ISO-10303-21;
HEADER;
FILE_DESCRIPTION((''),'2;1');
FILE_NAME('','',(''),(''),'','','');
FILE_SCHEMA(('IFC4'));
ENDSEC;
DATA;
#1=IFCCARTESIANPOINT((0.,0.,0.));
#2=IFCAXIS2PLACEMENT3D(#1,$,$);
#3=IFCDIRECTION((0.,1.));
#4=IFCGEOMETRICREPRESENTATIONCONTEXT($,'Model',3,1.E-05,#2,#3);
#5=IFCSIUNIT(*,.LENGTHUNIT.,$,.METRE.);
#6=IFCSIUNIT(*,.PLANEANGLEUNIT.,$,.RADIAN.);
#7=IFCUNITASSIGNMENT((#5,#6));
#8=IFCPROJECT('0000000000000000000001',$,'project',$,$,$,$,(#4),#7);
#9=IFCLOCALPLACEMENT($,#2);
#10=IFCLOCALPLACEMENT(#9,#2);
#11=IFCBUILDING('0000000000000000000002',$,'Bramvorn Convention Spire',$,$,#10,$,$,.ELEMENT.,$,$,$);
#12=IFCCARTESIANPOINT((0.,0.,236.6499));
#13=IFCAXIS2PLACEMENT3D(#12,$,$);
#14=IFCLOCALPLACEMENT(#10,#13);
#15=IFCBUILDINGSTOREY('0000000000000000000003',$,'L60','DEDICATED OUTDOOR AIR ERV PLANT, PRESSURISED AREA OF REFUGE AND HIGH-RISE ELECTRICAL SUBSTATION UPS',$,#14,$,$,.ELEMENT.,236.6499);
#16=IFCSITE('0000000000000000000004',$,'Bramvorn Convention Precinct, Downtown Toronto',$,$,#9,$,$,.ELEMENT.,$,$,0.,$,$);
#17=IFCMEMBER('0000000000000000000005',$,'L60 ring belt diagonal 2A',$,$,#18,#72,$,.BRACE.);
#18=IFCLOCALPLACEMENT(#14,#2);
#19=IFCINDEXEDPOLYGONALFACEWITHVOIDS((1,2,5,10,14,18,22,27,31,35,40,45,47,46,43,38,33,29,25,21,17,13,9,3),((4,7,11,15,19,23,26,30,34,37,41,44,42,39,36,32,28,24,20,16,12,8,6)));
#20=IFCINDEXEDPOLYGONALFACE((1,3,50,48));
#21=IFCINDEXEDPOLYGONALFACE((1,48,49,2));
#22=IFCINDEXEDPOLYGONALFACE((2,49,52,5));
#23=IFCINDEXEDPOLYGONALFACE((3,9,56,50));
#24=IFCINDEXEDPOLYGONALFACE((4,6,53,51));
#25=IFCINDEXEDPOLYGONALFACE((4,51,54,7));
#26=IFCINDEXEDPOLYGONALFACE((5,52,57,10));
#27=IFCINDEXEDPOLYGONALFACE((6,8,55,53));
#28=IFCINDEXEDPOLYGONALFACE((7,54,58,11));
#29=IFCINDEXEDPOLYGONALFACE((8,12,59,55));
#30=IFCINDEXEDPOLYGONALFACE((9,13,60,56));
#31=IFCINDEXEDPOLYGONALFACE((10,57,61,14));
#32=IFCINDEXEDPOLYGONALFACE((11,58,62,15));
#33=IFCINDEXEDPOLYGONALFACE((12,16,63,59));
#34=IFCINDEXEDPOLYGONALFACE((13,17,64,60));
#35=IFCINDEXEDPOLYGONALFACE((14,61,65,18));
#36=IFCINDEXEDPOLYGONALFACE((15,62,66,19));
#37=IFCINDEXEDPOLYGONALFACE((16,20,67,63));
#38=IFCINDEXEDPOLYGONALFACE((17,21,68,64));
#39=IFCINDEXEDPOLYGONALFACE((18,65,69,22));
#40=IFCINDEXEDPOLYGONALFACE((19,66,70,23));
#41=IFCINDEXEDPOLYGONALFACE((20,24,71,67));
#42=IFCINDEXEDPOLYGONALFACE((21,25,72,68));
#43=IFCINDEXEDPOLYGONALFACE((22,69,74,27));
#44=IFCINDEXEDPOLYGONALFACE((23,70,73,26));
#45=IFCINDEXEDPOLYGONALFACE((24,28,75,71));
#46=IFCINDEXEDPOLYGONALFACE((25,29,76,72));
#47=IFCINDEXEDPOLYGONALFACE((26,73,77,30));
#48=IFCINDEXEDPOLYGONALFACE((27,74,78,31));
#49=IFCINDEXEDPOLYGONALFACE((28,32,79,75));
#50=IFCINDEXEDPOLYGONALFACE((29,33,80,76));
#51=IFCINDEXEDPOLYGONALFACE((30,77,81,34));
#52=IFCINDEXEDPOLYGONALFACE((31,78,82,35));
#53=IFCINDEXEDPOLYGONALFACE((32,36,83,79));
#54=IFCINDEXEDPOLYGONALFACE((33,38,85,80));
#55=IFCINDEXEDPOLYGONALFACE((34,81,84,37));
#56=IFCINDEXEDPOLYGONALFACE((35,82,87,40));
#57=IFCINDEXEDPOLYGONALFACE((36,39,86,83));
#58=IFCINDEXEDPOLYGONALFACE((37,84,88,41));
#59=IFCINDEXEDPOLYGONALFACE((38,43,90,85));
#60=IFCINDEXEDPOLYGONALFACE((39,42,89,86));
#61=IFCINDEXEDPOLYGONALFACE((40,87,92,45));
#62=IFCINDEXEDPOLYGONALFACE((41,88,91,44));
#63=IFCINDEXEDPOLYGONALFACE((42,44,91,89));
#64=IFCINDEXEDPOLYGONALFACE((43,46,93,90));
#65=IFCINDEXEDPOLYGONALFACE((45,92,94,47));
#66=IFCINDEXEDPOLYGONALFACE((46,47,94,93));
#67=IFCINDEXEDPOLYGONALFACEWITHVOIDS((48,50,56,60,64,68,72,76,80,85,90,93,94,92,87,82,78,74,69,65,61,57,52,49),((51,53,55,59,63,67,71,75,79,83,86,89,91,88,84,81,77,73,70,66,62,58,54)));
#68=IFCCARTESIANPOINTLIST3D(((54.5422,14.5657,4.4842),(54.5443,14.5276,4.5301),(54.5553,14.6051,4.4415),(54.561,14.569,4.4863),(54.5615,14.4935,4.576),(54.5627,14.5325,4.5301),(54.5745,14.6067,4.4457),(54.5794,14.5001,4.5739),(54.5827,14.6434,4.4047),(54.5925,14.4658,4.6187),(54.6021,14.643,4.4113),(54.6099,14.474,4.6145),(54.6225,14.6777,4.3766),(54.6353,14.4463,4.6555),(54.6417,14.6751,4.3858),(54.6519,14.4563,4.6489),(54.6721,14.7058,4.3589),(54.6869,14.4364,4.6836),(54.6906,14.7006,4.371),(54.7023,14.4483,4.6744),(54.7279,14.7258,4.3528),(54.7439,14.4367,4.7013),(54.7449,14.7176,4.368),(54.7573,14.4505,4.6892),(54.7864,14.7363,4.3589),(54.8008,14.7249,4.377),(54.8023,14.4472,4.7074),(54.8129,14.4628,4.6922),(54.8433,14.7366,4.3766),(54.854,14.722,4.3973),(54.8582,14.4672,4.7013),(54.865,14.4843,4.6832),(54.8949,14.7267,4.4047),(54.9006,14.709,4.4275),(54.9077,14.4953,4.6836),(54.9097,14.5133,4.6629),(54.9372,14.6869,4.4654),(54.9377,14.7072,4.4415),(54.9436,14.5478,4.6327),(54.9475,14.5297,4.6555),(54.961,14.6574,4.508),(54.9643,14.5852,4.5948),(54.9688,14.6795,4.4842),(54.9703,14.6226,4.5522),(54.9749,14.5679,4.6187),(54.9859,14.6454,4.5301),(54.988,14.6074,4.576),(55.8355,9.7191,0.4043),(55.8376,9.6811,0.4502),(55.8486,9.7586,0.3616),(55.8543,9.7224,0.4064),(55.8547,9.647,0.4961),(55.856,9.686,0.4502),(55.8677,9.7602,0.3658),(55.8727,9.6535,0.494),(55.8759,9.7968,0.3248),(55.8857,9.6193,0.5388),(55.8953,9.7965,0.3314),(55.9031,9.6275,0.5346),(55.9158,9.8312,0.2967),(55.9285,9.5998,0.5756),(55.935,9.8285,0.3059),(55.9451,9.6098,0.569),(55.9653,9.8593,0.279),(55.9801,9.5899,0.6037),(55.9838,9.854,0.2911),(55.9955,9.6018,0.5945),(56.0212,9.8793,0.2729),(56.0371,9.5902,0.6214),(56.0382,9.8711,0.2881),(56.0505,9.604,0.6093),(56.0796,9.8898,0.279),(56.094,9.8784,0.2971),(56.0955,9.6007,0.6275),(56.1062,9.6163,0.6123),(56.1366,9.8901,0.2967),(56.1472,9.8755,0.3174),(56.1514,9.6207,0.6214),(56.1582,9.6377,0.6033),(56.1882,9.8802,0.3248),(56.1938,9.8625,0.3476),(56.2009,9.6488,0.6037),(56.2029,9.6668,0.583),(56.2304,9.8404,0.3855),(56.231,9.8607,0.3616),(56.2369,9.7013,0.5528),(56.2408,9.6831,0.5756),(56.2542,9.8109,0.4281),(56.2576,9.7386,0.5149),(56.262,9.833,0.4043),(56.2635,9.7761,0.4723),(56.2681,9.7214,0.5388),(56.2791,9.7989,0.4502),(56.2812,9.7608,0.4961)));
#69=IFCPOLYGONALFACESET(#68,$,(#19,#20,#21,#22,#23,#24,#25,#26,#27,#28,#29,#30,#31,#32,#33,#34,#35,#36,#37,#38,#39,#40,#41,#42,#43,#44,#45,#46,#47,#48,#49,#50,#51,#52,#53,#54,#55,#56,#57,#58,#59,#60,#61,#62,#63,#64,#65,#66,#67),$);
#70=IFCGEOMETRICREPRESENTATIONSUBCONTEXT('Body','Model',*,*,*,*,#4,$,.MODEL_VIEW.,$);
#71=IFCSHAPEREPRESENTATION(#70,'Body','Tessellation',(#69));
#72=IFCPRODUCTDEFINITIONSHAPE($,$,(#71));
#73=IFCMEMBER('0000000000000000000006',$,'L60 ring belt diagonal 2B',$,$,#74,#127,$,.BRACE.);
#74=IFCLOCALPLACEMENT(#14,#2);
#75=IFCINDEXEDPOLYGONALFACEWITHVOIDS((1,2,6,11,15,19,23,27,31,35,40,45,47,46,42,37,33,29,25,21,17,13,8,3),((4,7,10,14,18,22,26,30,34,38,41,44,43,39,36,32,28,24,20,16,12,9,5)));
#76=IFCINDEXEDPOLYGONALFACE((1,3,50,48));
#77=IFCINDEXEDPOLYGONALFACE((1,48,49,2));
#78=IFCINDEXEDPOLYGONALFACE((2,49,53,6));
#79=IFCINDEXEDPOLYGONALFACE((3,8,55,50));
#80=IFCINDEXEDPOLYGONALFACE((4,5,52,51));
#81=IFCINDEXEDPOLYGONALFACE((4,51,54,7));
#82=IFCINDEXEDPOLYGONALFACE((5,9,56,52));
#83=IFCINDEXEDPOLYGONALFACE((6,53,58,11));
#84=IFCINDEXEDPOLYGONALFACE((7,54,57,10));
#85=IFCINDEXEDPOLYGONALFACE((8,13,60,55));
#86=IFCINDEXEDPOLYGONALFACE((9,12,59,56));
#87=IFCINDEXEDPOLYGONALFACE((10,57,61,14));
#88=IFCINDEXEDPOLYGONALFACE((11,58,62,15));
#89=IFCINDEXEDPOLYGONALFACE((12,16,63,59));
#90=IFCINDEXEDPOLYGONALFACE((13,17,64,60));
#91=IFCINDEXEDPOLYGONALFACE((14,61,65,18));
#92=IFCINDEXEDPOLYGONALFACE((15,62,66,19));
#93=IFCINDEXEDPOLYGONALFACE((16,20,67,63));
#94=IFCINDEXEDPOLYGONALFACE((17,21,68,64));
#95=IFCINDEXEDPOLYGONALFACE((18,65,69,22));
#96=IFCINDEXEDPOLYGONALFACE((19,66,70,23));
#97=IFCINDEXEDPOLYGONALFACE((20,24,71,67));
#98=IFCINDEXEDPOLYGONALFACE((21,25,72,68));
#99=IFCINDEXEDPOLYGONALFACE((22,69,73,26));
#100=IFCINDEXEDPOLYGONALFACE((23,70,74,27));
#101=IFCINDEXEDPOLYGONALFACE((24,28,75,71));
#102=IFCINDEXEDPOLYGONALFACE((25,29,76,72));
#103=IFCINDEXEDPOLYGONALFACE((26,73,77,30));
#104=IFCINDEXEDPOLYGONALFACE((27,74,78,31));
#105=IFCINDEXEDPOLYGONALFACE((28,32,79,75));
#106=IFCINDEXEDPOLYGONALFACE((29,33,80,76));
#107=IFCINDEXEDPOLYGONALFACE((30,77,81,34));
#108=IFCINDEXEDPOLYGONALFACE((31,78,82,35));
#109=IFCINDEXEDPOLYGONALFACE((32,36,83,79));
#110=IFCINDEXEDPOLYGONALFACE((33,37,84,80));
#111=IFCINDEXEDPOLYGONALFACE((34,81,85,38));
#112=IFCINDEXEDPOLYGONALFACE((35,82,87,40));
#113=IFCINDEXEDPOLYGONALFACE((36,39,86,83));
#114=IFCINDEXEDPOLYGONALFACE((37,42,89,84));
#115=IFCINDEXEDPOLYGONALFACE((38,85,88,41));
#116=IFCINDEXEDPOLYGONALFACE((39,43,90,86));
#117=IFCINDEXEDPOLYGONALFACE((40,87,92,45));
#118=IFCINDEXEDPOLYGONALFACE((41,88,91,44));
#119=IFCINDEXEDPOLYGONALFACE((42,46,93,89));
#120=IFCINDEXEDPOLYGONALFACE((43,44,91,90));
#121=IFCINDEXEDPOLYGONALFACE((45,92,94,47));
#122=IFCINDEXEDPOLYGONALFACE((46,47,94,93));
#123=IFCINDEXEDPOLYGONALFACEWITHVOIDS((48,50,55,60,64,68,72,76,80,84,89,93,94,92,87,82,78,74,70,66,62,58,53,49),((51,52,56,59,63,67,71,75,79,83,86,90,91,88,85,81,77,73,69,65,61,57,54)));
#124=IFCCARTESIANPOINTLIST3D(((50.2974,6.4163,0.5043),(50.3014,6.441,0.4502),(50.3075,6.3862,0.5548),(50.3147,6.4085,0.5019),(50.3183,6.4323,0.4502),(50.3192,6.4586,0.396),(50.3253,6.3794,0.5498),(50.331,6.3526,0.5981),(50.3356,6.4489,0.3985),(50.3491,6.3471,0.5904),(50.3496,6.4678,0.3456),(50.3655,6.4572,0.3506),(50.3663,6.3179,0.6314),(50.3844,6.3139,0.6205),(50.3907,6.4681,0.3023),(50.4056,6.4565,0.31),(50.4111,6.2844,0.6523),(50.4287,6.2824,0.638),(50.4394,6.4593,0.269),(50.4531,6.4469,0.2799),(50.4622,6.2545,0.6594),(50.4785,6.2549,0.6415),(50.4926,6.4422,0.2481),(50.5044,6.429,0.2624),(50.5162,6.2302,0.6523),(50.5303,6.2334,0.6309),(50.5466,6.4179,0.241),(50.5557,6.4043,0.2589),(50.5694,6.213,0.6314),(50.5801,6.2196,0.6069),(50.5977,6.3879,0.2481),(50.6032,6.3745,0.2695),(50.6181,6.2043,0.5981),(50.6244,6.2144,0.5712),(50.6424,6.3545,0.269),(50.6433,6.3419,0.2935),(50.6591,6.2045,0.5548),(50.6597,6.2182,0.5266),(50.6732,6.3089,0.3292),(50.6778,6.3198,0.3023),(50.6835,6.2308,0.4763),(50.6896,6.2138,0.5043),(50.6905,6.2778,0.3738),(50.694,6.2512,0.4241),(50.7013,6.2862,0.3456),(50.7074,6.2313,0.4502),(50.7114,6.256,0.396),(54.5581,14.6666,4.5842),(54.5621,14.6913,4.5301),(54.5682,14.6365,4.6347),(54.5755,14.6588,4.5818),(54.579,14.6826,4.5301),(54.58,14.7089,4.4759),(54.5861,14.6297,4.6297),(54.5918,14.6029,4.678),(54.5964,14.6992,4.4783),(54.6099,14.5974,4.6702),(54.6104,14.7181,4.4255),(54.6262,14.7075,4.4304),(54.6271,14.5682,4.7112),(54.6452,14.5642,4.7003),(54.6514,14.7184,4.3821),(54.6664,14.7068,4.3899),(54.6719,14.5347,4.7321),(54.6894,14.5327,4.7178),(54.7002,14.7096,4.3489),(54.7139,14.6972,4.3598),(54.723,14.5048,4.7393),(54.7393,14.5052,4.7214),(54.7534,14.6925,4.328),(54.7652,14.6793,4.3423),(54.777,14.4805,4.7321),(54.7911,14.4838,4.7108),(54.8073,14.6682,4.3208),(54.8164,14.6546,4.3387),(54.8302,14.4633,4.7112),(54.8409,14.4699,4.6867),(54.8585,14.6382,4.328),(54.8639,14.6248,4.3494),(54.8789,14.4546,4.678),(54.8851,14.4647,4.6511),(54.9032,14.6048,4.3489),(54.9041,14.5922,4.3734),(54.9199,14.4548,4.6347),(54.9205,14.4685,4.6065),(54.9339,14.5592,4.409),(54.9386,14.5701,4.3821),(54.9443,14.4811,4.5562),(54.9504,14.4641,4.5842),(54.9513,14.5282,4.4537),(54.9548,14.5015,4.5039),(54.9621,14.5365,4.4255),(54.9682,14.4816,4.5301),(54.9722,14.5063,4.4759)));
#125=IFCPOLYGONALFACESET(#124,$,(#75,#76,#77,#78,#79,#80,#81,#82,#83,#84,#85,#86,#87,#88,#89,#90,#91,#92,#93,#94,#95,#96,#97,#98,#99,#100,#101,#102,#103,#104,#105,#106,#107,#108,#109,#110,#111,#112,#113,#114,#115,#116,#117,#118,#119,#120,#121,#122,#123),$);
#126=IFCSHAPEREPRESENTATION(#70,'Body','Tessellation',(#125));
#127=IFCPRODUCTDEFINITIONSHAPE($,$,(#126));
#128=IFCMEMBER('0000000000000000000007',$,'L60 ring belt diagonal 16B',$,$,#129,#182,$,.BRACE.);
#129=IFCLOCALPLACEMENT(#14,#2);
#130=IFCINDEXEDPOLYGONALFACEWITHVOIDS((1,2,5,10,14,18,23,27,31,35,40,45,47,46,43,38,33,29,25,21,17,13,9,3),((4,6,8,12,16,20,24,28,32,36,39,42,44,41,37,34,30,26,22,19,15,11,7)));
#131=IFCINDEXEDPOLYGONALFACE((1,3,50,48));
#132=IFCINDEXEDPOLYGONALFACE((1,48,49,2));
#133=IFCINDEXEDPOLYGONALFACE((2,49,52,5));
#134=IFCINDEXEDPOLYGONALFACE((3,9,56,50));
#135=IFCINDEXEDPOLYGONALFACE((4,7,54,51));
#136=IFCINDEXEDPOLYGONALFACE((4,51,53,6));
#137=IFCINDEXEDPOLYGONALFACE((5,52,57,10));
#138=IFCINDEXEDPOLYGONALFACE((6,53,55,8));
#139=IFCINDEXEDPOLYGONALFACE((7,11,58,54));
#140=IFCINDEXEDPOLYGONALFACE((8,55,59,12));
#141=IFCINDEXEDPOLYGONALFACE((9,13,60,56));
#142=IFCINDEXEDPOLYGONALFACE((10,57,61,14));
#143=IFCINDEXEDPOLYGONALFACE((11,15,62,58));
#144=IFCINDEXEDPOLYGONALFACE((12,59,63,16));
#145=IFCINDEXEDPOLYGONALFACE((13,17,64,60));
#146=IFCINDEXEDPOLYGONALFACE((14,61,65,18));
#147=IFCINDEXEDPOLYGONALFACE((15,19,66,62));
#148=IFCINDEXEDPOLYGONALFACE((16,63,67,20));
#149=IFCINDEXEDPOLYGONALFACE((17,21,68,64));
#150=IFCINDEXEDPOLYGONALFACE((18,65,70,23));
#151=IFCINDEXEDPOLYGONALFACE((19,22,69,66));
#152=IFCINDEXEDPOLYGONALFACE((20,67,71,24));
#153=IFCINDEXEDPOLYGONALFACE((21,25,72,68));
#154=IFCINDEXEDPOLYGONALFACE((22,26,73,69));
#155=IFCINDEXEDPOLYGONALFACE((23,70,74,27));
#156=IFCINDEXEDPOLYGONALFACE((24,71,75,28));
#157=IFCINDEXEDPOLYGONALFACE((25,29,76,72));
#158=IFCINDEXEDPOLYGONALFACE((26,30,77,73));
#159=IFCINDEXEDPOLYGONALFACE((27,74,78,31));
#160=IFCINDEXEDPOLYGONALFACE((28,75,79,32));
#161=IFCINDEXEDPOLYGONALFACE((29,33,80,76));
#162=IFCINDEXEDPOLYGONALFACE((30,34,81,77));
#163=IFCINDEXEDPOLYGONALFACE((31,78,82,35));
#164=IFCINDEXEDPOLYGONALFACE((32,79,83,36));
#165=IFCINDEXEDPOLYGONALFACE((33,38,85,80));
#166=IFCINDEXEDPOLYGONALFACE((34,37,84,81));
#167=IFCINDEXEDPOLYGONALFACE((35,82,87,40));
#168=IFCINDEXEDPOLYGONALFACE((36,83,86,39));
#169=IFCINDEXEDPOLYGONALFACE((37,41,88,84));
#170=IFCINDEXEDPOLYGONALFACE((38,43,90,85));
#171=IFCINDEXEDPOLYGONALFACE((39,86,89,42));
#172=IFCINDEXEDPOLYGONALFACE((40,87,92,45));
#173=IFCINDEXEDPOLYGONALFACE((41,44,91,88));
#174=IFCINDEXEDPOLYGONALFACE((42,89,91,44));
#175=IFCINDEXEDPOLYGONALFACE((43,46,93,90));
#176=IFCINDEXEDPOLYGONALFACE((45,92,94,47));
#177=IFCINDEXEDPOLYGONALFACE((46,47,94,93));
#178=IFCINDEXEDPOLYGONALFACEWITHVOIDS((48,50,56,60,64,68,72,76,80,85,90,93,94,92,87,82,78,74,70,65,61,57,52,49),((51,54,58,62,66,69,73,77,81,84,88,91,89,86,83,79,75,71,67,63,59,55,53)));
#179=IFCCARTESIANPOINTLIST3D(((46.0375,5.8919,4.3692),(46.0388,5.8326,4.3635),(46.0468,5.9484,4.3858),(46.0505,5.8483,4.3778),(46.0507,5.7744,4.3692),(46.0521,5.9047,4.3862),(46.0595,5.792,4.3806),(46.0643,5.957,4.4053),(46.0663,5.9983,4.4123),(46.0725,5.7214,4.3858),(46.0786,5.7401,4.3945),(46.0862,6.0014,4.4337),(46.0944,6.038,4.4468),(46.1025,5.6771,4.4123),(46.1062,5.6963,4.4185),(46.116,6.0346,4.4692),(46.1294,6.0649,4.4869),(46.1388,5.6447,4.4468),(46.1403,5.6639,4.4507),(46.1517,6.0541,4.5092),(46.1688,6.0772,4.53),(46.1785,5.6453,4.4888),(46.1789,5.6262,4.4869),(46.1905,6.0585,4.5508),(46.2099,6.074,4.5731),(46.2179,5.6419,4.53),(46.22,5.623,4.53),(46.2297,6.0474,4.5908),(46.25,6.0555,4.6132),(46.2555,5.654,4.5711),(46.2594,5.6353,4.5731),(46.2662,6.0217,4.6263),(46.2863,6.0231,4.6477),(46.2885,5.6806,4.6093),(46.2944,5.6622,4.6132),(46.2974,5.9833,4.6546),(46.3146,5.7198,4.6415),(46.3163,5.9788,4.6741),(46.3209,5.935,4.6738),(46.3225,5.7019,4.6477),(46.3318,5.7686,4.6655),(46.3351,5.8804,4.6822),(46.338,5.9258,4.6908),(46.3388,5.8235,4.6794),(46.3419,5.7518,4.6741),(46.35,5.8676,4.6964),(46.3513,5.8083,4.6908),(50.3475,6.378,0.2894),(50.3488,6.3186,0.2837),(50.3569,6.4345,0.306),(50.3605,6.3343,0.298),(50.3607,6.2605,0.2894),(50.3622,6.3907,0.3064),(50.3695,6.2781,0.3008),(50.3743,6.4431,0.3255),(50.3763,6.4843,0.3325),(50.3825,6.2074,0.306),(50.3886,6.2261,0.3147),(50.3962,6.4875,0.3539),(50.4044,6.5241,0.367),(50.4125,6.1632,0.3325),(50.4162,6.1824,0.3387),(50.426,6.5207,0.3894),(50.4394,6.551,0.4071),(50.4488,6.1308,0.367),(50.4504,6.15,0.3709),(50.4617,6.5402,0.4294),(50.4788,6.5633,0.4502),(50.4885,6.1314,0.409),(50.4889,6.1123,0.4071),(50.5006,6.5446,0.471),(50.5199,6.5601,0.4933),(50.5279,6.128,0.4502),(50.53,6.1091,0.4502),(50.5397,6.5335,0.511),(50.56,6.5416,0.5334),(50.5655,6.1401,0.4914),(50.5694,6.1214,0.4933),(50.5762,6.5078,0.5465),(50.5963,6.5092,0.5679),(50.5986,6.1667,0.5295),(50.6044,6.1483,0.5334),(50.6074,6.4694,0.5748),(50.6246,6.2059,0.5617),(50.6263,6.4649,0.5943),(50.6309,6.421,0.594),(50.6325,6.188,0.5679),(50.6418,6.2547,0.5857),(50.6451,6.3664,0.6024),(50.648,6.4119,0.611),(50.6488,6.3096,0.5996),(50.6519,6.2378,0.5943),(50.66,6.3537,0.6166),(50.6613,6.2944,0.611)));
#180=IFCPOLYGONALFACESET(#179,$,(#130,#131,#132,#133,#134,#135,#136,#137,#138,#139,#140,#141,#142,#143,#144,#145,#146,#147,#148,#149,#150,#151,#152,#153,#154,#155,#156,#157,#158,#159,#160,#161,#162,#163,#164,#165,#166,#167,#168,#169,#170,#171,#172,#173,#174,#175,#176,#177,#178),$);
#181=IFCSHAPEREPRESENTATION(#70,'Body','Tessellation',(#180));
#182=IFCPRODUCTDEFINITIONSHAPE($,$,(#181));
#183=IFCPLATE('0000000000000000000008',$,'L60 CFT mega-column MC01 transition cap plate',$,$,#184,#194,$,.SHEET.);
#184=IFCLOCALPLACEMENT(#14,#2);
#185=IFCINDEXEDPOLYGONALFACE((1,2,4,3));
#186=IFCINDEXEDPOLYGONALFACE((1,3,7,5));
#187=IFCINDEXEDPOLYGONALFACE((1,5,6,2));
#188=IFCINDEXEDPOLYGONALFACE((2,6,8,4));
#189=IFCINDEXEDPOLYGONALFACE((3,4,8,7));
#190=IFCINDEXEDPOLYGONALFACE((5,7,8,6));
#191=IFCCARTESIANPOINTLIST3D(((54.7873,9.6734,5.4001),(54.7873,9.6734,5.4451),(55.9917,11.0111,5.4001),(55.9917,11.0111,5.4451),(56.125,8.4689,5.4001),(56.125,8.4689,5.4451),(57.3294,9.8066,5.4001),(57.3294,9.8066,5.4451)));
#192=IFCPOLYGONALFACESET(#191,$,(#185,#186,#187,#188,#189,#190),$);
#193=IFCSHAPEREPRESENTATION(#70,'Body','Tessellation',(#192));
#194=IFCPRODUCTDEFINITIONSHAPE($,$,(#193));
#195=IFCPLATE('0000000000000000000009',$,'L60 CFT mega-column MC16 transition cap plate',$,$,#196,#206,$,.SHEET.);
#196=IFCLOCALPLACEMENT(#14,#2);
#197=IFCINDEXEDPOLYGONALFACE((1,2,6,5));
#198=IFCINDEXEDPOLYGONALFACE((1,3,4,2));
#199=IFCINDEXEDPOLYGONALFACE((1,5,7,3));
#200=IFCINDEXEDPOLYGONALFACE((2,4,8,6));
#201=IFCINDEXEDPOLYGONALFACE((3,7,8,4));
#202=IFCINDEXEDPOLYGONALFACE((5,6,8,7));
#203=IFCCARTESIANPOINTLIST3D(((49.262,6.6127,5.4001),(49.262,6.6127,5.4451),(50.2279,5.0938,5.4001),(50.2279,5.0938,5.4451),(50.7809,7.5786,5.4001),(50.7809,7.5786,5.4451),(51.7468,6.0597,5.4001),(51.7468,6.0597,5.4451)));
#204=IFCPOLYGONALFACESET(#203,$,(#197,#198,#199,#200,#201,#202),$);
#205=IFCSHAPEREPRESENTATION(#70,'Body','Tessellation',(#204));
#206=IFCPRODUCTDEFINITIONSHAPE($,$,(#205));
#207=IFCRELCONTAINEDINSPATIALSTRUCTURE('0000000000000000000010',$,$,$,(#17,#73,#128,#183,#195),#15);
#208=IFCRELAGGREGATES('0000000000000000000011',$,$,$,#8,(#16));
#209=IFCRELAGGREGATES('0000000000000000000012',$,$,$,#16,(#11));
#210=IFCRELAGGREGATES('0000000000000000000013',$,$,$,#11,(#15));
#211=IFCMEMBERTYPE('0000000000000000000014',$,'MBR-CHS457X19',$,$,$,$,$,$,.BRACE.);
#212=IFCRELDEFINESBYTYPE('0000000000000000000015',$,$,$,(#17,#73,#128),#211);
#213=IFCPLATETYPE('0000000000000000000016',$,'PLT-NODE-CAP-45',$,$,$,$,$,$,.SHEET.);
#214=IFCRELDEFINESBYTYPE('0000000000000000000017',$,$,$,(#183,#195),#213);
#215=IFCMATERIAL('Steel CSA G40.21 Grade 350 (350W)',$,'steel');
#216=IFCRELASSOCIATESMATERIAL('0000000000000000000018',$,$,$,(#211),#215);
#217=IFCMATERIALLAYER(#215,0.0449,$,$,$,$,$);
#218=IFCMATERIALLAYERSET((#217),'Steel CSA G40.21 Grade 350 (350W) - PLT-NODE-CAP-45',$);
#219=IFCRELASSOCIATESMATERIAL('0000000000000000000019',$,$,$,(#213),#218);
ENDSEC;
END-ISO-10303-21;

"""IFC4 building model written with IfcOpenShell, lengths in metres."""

from ifc_helpers import new_model, si_unit, direction, frame, origin, origin_2d, place, context, subcontext, project, spatial, rectangle, hollow_circle, extrude, material, layer, layer_set, material_profile, profile_set, type_object, element, save


model = new_model("IFC4")

# Units and contexts
model_context = context("Model", 3, precision=1e-05, world=origin(), true_north=direction((0.0, 1.0)))
body_context = subcontext(model_context, "Body", "Model", "MODEL_VIEW")
ifc_project = project(units=[si_unit("LENGTHUNIT", "METRE"), si_unit("PLANEANGLEUNIT", "RADIAN")], contexts=[model_context])

# Site, building, storey
site_placement = place(None, origin())
site = spatial("IfcSite", under=ifc_project, at=site_placement, Name="Bramvorn Convention Precinct, Downtown Toronto", CompositionType="ELEMENT", RefElevation=0.0)
building_placement = place(site_placement, origin())
building = spatial("IfcBuilding", under=site, at=building_placement, Name="Bramvorn Convention Spire", CompositionType="ELEMENT")
storey_placement = place(building_placement, frame((0.0, 0.0, 236.6499)))
storey = spatial("IfcBuildingStorey", under=building, at=storey_placement, Name="L60", Description="DEDICATED OUTDOOR AIR ERV PLANT, PRESSURISED AREA OF REFUGE AND HIGH-RISE ELECTRICAL SUBSTATION UPS", CompositionType="ELEMENT", Elevation=236.6499)

# Shared definitions
ifc_material_1 = material(Name="Steel CSA G40.21 Grade 350 (350W)", Category="steel")

# Members
ifc_material_profile_1 = material_profile(ifc_material_1, hollow_circle(Radius=0.2285, WallThickness=0.019, at=origin_2d()))
ifc_profile_set_1 = profile_set([ifc_material_profile_1], Name="Steel CSA G40.21 Grade 350 (350W) - CHS457X19")
member_type_1 = type_object("IfcMemberType", Name="MBR-CHS457X19", PredefinedType="BRACE", material=ifc_profile_set_1)
member_1_placement = place(storey_placement, frame((56.0583, 9.74, 0.4502), z_axis=(-0.200011, 0.74956, 0.630996), x_axis=(-0.966194, -0.257817, 0.0)))
element("IfcMember", 1, at=member_1_placement, inside=storey, type_object=member_type_1, Name="L60 ring belt diagonal 2A", PredefinedType="BRACE", context=body_context, shape_type="SweptSolid", body=[
    extrude(hollow_circle(Radius=0.2285, WallThickness=0.019, at=origin_2d()), origin(), (0.0, 0.0, 1.0), 6.4658),
])
member_2_placement = place(storey_placement, frame((50.5044, 6.3362, 0.4502), z_axis=(0.420098, 0.813452, 0.402261), x_axis=(-0.888509, 0.45886, 0.0)))
element("IfcMember", 2, at=member_2_placement, inside=storey, type_object=member_type_1, Name="L60 ring belt diagonal 2B", PredefinedType="BRACE", context=body_context, shape_type="SweptSolid", body=[
    extrude(hollow_circle(Radius=0.2285, WallThickness=0.019, at=origin_2d()), origin(), (0.0, 0.0, 1.0), 10.1423),
])
member_3_placement = place(storey_placement, frame((50.5044, 6.3362, 0.4502), z_axis=(-0.723813, -0.081631, 0.68515), x_axis=(0.112069, -0.9937, 0.0)))
element("IfcMember", 3, at=member_3_placement, inside=storey, type_object=member_type_1, Name="L60 ring belt diagonal 16B", PredefinedType="BRACE", context=body_context, shape_type="SweptSolid", body=[
    extrude(hollow_circle(Radius=0.2285, WallThickness=0.019, at=origin_2d()), origin(), (0.0, 0.0, 1.0), 5.9546),
])

# Plates
ifc_layer_1 = layer(ifc_material_1, 0.0449)
ifc_layer_set_1 = layer_set([ifc_layer_1], Name="Steel CSA G40.21 Grade 350 (350W) - PLT-NODE-CAP-45")
plate_type_1 = type_object("IfcPlateType", Name="PLT-NODE-CAP-45", PredefinedType="SHEET", material=ifc_layer_set_1)
for number, where, z_axis, x_axis, name in (
    (4, (56.0583, 9.74, 5.4001), (0.0, 0.0, 1.0), (0.743144, -0.669132, 0.0), "L60 CFT mega-column MC01 transition cap plate"),
    (5, (50.5044, 6.3362, 5.4001), (0.0, 0.0, 1.0), (0.536606, -0.843833, 0.0), "L60 CFT mega-column MC16 transition cap plate"),
):
    element("IfcPlate", number, at=place(storey_placement, frame(where, z_axis=z_axis, x_axis=x_axis)), inside=storey, type_object=plate_type_1, Name=name, PredefinedType="SHEET", context=body_context, shape_type="SweptSolid", body=[
        extrude(rectangle(XDim=1.8, YDim=1.8, at=origin_2d()), origin(), (0.0, 0.0, 1.0), 0.0449),
    ])

save(model, "model.ifc")
